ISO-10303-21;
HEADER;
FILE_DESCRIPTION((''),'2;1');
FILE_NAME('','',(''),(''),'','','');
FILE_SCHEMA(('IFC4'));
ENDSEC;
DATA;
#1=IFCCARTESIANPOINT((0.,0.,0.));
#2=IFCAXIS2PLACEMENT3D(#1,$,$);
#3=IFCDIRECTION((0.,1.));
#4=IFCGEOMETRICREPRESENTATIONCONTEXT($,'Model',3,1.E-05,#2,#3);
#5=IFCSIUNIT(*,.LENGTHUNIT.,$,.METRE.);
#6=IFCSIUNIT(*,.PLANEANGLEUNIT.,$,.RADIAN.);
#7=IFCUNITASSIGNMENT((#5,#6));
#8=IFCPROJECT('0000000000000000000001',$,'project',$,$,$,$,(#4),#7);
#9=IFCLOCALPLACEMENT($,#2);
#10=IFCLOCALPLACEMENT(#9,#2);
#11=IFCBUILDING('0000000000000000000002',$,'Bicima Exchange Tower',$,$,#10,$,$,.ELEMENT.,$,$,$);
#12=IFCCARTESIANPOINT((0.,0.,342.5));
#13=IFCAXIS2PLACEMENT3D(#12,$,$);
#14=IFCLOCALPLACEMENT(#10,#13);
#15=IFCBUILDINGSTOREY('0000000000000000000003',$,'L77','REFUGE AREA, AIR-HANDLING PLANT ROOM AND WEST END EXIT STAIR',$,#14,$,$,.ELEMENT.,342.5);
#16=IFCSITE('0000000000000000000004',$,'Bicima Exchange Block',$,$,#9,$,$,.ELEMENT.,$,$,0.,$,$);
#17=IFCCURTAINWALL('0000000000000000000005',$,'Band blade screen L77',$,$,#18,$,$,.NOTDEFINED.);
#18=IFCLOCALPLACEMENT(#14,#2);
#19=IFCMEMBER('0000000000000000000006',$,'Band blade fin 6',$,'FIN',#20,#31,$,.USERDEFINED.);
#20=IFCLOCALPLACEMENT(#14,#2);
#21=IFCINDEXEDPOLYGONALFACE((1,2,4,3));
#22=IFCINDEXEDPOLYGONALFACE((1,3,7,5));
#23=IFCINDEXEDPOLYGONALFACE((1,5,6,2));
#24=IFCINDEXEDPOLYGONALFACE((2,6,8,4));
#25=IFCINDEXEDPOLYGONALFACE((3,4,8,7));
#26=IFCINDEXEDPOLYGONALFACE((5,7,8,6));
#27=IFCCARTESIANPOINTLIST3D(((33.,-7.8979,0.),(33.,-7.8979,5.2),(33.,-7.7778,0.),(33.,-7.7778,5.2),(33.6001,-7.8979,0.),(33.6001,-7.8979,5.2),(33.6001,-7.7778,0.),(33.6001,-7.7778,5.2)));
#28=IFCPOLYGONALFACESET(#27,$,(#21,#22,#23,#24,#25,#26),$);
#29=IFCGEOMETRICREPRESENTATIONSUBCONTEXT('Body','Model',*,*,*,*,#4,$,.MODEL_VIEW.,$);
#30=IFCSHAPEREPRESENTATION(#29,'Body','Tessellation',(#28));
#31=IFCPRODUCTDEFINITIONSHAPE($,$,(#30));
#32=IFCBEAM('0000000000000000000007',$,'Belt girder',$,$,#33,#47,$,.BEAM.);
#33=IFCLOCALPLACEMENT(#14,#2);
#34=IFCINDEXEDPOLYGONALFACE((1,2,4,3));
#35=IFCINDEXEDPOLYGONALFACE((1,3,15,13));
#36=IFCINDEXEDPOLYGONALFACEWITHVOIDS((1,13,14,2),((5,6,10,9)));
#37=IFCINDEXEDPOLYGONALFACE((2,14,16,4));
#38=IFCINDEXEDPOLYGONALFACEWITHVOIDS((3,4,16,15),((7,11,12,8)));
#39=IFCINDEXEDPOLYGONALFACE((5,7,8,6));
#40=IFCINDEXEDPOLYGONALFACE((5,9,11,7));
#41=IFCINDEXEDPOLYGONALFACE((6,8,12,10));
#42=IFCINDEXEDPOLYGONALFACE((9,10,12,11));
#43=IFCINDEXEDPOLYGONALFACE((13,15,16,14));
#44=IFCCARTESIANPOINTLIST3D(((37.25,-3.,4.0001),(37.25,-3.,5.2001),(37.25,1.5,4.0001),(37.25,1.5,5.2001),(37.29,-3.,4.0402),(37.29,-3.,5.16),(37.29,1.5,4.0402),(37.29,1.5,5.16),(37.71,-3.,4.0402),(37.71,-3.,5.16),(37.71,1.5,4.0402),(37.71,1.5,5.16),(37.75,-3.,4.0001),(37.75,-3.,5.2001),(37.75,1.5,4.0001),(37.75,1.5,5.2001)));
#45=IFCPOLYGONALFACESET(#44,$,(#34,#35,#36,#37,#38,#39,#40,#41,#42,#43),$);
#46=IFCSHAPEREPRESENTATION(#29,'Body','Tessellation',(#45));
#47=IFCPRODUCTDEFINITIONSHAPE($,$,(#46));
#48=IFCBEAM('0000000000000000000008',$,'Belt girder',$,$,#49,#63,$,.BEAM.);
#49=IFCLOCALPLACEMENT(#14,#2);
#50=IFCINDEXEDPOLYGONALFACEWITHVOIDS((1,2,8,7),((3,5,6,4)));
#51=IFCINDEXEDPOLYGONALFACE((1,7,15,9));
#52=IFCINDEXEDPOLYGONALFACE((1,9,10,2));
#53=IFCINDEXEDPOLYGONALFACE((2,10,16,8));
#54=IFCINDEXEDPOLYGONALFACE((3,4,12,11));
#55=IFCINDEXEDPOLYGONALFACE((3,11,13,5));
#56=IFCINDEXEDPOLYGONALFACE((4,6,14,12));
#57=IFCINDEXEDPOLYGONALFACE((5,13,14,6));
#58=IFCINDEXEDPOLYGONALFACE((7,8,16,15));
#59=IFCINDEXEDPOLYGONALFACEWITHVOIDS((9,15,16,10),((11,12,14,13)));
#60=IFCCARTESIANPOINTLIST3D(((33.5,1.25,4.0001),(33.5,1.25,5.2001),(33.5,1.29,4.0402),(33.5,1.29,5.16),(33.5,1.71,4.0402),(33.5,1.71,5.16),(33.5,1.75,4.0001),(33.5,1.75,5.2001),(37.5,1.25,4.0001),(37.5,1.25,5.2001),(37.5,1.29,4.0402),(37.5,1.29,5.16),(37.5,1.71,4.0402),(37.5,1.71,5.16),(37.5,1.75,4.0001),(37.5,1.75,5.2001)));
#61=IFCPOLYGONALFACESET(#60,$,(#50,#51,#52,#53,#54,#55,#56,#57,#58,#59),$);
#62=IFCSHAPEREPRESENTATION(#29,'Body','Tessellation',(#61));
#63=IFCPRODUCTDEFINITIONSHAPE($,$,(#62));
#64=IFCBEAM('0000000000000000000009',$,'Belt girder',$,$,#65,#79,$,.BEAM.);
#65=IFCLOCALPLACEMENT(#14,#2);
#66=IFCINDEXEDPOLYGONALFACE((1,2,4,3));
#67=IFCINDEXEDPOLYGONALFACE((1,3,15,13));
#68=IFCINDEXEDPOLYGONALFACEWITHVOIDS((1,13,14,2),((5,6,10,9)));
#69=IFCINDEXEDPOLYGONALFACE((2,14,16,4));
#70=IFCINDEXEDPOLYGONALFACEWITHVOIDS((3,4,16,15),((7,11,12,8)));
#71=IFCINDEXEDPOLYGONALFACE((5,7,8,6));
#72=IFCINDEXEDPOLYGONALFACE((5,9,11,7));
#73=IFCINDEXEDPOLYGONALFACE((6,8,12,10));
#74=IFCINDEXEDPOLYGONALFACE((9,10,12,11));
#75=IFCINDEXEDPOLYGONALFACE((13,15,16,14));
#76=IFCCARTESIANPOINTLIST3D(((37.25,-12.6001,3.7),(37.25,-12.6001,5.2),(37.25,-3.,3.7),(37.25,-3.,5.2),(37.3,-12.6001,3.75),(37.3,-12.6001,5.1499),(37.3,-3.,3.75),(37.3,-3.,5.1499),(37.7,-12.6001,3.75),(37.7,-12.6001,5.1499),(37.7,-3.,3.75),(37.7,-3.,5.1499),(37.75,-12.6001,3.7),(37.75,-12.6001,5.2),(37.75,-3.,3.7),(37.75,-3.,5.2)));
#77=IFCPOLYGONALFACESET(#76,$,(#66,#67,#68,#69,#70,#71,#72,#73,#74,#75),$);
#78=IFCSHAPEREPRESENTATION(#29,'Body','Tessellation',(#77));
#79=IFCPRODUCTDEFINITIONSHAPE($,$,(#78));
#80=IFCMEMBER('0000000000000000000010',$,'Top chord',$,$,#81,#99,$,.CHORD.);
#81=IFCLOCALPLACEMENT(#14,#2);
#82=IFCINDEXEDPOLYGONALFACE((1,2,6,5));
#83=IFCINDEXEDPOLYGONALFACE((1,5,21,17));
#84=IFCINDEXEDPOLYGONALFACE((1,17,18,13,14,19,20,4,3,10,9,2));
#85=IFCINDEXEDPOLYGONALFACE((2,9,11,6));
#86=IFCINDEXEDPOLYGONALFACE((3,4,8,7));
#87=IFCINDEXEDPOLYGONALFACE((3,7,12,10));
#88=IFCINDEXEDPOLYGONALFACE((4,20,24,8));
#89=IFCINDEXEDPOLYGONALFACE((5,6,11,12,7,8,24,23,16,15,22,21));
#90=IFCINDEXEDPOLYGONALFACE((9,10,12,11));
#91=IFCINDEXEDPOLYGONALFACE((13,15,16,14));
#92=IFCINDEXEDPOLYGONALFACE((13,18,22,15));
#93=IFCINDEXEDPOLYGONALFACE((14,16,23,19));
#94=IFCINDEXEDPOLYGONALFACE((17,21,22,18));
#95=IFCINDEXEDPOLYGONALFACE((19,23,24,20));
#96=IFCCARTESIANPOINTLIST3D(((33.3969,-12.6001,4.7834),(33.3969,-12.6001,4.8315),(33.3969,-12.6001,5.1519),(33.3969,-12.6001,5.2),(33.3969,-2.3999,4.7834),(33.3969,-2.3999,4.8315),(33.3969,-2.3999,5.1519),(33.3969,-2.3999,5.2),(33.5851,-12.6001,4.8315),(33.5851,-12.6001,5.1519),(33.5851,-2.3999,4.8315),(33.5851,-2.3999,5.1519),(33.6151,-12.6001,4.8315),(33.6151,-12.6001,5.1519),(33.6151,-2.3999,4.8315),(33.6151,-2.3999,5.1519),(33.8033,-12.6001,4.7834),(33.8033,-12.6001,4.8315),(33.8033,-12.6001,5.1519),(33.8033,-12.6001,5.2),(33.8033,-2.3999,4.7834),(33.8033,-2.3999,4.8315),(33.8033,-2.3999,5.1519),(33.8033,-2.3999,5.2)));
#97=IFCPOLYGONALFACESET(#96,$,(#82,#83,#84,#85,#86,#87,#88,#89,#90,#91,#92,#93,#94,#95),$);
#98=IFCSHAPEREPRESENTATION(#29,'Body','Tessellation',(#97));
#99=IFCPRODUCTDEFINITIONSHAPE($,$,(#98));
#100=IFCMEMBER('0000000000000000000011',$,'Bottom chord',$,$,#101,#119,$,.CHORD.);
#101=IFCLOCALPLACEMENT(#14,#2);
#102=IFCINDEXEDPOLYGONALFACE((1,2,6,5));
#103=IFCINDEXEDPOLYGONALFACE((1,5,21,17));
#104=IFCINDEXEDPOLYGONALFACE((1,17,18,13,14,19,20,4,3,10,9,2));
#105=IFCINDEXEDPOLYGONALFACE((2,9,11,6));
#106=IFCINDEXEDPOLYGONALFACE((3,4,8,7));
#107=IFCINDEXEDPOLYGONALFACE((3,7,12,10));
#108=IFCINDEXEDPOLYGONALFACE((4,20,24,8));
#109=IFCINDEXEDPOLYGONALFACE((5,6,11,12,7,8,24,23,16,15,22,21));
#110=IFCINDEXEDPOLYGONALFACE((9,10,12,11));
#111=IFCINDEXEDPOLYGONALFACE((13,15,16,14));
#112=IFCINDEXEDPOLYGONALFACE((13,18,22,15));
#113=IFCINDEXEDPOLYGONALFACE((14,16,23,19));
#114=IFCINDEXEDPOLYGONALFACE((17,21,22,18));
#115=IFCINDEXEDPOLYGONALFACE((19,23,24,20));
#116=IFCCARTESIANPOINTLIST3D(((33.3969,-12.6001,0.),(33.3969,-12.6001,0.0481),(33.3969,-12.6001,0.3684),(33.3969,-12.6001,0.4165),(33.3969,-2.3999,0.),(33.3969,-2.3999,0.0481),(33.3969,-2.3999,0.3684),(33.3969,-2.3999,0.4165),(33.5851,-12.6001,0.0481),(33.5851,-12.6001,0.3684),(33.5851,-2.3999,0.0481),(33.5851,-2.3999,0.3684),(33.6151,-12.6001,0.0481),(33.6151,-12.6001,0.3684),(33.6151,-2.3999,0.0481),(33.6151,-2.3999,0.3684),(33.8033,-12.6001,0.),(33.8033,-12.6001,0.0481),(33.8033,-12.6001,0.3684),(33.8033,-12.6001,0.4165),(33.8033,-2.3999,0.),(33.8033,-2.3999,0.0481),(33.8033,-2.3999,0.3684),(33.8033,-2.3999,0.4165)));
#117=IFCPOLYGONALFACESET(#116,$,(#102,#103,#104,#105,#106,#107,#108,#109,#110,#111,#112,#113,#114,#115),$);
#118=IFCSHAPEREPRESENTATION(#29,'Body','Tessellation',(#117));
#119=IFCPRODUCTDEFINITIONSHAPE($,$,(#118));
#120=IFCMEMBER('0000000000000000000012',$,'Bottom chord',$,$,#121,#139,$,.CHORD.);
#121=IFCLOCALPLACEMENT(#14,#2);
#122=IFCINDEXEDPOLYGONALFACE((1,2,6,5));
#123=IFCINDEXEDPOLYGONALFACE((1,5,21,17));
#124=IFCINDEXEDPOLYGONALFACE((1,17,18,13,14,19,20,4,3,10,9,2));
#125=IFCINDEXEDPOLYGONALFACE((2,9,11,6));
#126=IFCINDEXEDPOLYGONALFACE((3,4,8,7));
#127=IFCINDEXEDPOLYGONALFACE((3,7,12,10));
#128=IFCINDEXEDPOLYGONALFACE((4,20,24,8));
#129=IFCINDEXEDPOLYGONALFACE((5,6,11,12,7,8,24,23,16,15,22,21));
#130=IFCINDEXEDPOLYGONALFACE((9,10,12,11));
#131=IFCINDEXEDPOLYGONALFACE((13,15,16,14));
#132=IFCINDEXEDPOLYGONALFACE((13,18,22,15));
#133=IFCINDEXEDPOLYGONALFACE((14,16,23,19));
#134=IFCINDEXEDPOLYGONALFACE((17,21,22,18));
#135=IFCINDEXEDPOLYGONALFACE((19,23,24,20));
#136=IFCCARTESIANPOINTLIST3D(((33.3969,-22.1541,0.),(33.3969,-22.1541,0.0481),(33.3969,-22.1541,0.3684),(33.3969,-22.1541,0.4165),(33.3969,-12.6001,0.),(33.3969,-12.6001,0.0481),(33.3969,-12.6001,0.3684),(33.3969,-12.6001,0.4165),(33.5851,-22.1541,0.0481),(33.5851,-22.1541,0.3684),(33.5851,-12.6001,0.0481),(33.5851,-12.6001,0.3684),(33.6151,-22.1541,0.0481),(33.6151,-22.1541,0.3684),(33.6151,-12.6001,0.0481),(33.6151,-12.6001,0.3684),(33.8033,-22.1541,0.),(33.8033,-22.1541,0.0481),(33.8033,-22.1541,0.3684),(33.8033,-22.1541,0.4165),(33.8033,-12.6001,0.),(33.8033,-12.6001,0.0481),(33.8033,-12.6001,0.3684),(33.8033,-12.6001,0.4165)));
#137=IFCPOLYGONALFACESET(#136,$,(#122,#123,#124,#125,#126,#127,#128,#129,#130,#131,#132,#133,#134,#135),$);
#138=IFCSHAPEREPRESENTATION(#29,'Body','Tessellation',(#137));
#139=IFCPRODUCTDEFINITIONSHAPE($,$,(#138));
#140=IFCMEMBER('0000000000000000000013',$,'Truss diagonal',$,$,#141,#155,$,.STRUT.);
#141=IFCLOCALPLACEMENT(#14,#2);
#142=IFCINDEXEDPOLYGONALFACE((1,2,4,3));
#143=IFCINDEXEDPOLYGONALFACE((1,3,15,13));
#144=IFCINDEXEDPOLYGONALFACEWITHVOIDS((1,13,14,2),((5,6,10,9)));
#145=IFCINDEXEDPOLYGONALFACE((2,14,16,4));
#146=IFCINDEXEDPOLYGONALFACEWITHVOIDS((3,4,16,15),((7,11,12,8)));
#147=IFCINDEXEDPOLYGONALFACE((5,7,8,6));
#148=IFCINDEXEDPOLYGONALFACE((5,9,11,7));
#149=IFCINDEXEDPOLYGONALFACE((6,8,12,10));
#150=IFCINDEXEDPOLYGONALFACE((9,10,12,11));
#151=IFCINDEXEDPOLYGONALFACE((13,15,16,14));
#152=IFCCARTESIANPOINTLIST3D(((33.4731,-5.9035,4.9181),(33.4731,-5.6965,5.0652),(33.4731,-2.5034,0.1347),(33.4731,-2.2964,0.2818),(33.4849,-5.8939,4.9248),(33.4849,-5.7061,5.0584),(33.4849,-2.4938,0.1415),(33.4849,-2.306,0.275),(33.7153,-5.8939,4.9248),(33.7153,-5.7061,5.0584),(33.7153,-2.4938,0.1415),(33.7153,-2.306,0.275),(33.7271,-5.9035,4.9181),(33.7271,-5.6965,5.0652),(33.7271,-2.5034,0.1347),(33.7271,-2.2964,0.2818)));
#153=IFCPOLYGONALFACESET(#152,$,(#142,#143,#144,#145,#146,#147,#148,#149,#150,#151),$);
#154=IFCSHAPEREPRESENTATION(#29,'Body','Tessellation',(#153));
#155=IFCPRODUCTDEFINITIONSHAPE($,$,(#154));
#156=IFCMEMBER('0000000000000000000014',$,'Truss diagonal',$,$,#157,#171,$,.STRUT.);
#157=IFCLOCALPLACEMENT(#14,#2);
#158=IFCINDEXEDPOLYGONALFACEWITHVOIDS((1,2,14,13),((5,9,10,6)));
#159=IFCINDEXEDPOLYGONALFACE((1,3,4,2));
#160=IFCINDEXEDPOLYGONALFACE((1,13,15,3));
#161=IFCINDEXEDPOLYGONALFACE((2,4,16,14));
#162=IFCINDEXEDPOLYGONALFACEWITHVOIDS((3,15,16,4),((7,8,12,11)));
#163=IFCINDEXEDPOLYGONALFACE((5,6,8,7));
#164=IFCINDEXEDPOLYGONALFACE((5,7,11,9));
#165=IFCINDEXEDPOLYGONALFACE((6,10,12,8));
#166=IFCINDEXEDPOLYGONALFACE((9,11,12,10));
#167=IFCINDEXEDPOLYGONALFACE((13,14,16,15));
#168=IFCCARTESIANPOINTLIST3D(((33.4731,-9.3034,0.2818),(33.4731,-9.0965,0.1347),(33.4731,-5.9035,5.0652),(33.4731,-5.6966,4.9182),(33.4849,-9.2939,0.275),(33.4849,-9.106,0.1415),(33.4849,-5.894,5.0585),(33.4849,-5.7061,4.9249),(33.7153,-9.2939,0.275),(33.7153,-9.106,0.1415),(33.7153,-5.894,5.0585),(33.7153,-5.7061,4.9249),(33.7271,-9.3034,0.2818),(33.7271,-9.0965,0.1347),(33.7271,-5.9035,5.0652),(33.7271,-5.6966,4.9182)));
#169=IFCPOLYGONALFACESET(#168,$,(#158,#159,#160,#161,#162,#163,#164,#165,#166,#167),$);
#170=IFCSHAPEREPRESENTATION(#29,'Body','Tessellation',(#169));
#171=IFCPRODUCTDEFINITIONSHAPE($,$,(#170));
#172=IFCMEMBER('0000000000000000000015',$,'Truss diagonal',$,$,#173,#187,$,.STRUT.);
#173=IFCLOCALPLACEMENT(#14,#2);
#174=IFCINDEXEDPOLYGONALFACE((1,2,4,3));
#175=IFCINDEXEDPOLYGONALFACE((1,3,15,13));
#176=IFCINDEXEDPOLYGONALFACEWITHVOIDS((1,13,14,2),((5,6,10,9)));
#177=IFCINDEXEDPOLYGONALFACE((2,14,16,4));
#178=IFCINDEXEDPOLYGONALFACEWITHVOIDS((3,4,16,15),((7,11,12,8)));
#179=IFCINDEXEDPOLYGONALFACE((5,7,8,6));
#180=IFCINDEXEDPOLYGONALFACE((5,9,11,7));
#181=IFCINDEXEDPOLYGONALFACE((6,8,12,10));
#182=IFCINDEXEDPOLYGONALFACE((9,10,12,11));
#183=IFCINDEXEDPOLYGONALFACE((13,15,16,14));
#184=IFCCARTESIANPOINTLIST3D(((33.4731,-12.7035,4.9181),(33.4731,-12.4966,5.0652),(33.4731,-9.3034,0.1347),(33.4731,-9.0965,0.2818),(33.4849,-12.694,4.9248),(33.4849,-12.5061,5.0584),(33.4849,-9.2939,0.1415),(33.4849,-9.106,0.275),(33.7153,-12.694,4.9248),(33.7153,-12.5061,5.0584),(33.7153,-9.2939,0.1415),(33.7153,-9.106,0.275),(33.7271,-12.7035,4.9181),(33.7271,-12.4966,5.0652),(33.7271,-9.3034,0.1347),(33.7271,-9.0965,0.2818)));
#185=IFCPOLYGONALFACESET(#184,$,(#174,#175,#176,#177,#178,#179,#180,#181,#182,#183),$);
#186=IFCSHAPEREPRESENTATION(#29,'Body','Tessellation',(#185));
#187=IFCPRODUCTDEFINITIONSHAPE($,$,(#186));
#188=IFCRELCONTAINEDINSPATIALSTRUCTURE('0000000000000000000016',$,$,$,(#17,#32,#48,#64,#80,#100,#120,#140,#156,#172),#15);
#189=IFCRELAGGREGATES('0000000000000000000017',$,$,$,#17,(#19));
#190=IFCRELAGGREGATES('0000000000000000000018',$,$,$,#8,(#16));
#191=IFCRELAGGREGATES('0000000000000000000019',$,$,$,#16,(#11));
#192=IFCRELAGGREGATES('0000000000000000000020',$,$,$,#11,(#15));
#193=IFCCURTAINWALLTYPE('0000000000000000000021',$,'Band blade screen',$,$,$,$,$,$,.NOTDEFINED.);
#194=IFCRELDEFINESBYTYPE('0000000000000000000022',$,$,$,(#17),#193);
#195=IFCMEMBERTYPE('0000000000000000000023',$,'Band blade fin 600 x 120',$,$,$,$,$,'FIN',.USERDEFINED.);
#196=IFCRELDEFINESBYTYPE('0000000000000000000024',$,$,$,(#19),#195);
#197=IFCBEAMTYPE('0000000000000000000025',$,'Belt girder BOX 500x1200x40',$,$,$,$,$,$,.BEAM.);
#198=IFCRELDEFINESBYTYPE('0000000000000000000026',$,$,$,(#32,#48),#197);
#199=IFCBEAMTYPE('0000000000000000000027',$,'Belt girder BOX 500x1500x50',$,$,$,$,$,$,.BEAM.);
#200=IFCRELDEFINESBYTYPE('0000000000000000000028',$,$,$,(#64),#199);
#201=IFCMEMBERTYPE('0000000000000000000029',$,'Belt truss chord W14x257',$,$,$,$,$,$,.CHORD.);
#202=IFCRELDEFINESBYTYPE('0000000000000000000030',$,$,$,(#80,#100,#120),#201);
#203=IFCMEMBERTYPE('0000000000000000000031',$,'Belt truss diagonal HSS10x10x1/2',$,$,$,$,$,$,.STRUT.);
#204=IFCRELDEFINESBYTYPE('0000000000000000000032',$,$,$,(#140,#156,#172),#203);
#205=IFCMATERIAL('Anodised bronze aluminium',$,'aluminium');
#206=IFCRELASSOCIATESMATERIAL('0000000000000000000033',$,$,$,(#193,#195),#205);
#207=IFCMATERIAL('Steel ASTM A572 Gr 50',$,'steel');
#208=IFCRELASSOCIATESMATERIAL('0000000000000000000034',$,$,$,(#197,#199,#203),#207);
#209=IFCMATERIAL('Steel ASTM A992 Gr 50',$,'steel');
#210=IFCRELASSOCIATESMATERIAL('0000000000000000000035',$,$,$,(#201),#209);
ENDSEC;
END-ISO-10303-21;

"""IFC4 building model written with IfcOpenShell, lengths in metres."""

from ifc_helpers import new_model, si_unit, direction, frame, origin, origin_2d, place, context, subcontext, project, spatial, rectangle, hollow_rectangle, i_section, extrude, material, material_profile, profile_set, type_object, element, aggregate, save


model = new_model("IFC4")

# Units and contexts
model_context = context("Model", 3, precision=1e-05, world=origin(), true_north=direction((0.0, 1.0)))
body_context = subcontext(model_context, "Body", "Model", "MODEL_VIEW")
ifc_project = project(units=[si_unit("LENGTHUNIT", "METRE"), si_unit("PLANEANGLEUNIT", "RADIAN")], contexts=[model_context])

# Site, building, storey
site_placement = place(None, origin())
site = spatial("IfcSite", under=ifc_project, at=site_placement, Name="Bicima Exchange Block", CompositionType="ELEMENT", RefElevation=0.0)
building_placement = place(site_placement, origin())
building = spatial("IfcBuilding", under=site, at=building_placement, Name="Bicima Exchange Tower", CompositionType="ELEMENT")
storey_placement = place(building_placement, frame((0.0, 0.0, 342.5)))
storey = spatial("IfcBuildingStorey", under=building, at=storey_placement, Name="L77", Description="REFUGE AREA, AIR-HANDLING PLANT ROOM AND WEST END EXIT STAIR", CompositionType="ELEMENT", Elevation=342.5)

# Curtain wall, member
ifc_material_1 = material(Name="Anodised bronze aluminium", Category="aluminium")
curtain_wall_type = type_object("IfcCurtainWallType", Name="Band blade screen", PredefinedType="NOTDEFINED", material=ifc_material_1)
curtain_wall_placement = place(storey_placement, origin())
curtain_wall = element("IfcCurtainWall", 1, at=curtain_wall_placement, inside=storey, type_object=curtain_wall_type, Name="Band blade screen L77", PredefinedType="NOTDEFINED")
ifc_material_profile_1 = material_profile(ifc_material_1, rectangle(XDim=0.6001, YDim=0.1201, at=origin_2d()))
ifc_profile_set_1 = profile_set([ifc_material_profile_1], Name="Anodised bronze aluminium")
member_type_1 = type_object("IfcMemberType", Name="Band blade fin 600 x 120", ElementType="FIN", PredefinedType="USERDEFINED", material=ifc_profile_set_1)
member_1_placement = place(storey_placement, frame((33.3, -7.8379, 0.0), z_axis=(0.0, 0.0, 1.0), x_axis=(-1.0, 0.0, 0.0)))
member_1 = element("IfcMember", 2, at=member_1_placement, type_object=member_type_1, Name="Band blade fin 6", ObjectType="FIN", PredefinedType="USERDEFINED", context=body_context, shape_type="SweptSolid", body=[
    extrude(rectangle(XDim=0.6001, YDim=0.1201, at=origin_2d()), origin(), (0.0, 0.0, 1.0), 5.2),
])
aggregate(curtain_wall, [member_1])

# Beams
ifc_material_2 = material(Name="Steel ASTM A572 Gr 50", Category="steel")
ifc_material_profile_2 = material_profile(ifc_material_2, hollow_rectangle(XDim=0.5, YDim=1.2, WallThickness=0.04, at=origin_2d()))
ifc_profile_set_2 = profile_set([ifc_material_profile_2], Name="Steel ASTM A572 Gr 50")
beam_type_1 = type_object("IfcBeamType", Name="Belt girder BOX 500x1200x40", PredefinedType="BEAM", material=ifc_profile_set_2)
beam_1_placement = place(storey_placement, frame((37.5, -3.0, 4.6001), z_axis=(0.0, 1.0, 0.0), x_axis=(-1.0, 0.0, 0.0)))
element("IfcBeam", 3, at=beam_1_placement, inside=storey, type_object=beam_type_1, Name="Belt girder", PredefinedType="BEAM", context=body_context, shape_type="SweptSolid", body=[
    extrude(hollow_rectangle(XDim=0.5, YDim=1.2, WallThickness=0.04, at=origin_2d()), origin(), (0.0, 0.0, 1.0), 4.5),
])
beam_2_placement = place(storey_placement, frame((37.5, 1.5, 4.6001), z_axis=(-1.0, 0.0, 0.0), x_axis=(0.0, -1.0, 0.0)))
element("IfcBeam", 4, at=beam_2_placement, inside=storey, type_object=beam_type_1, Name="Belt girder", PredefinedType="BEAM", context=body_context, shape_type="SweptSolid", body=[
    extrude(hollow_rectangle(XDim=0.5, YDim=1.2, WallThickness=0.04, at=origin_2d()), origin(), (0.0, 0.0, 1.0), 4.0),
])
ifc_material_profile_3 = material_profile(ifc_material_2, hollow_rectangle(XDim=0.5, YDim=1.5, WallThickness=0.05, at=origin_2d()))
ifc_profile_set_3 = profile_set([ifc_material_profile_3], Name="Steel ASTM A572 Gr 50")
beam_type_2 = type_object("IfcBeamType", Name="Belt girder BOX 500x1500x50", PredefinedType="BEAM", material=ifc_profile_set_3)
beam_3_placement = place(storey_placement, frame((37.5, -12.6001, 4.45), z_axis=(0.0, 1.0, 0.0), x_axis=(-1.0, 0.0, 0.0)))
element("IfcBeam", 5, at=beam_3_placement, inside=storey, type_object=beam_type_2, Name="Belt girder", PredefinedType="BEAM", context=body_context, shape_type="SweptSolid", body=[
    extrude(hollow_rectangle(XDim=0.5, YDim=1.5, WallThickness=0.05, at=origin_2d()), origin(), (0.0, 0.0, 1.0), 9.6001),
])

# Members
ifc_material_3 = material(Name="Steel ASTM A992 Gr 50", Category="steel")
ifc_material_profile_4 = material_profile(ifc_material_3, i_section(OverallWidth=0.4065, OverallDepth=0.4165, WebThickness=0.03, FlangeThickness=0.0481, at=origin_2d()))
ifc_profile_set_4 = profile_set([ifc_material_profile_4], Name="Steel ASTM A992 Gr 50")
member_type_2 = type_object("IfcMemberType", Name="Belt truss chord W14x257", PredefinedType="CHORD", material=ifc_profile_set_4)
for number, where, z_axis, x_axis, name in (
    (6, (33.6001, -2.3999, 4.9917), (0.0, -1.0, 0.0), (1.0, 0.0, 0.0), "Top chord"),
    (7, (33.6001, -2.3999, 0.2083), (0.0, -1.0, 0.0), (1.0, 0.0, 0.0), "Bottom chord"),
):
    element("IfcMember", number, at=place(storey_placement, frame(where, z_axis=z_axis, x_axis=x_axis)), inside=storey, type_object=member_type_2, Name=name, PredefinedType="CHORD", context=body_context, shape_type="SweptSolid", body=[
        extrude(i_section(OverallWidth=0.4065, OverallDepth=0.4165, WebThickness=0.03, FlangeThickness=0.0481, at=origin_2d()), origin(), (0.0, 0.0, 1.0), 10.2002),
    ])
member_2_placement = place(storey_placement, frame((33.6001, -12.6001, 0.2083), z_axis=(0.0, -1.0, 0.0), x_axis=(1.0, 0.0, 0.0)))
element("IfcMember", 8, at=member_2_placement, inside=storey, type_object=member_type_2, Name="Bottom chord", PredefinedType="CHORD", context=body_context, shape_type="SweptSolid", body=[
    extrude(i_section(OverallWidth=0.4065, OverallDepth=0.4165, WebThickness=0.03, FlangeThickness=0.0481, at=origin_2d()), origin(), (0.0, 0.0, 1.0), 9.554),
])
ifc_material_profile_5 = material_profile(ifc_material_2, hollow_rectangle(XDim=0.2539, YDim=0.2539, WallThickness=0.0117, at=origin_2d()))
ifc_profile_set_5 = profile_set([ifc_material_profile_5], Name="Steel ASTM A572 Gr 50")
member_type_3 = type_object("IfcMemberType", Name="Belt truss diagonal HSS10x10x1/2", PredefinedType="STRUT", material=ifc_profile_set_5)
for number, where, z_axis, x_axis, name in (
    (9, (33.6001, -2.3999, 0.2083), (0.0, -0.579364, 0.815069), (1.0, 0.0, 0.0), "Truss diagonal"),
    (10, (33.6001, -5.8, 4.9917), (0.0, -0.579336, -0.815089), (1.0, 0.0, 0.0), "Truss diagonal"),
    (11, (33.6001, -9.2, 0.2083), (0.0, -0.579364, 0.815069), (1.0, 0.0, 0.0), "Truss diagonal"),
):
    element("IfcMember", number, at=place(storey_placement, frame(where, z_axis=z_axis, x_axis=x_axis)), inside=storey, type_object=member_type_3, Name=name, PredefinedType="STRUT", context=body_context, shape_type="SweptSolid", body=[
        extrude(hollow_rectangle(XDim=0.2539, YDim=0.2539, WallThickness=0.0117, at=origin_2d()), origin(), (0.0, 0.0, 1.0), 5.8687),
    ])

save(model, "model.ifc")
